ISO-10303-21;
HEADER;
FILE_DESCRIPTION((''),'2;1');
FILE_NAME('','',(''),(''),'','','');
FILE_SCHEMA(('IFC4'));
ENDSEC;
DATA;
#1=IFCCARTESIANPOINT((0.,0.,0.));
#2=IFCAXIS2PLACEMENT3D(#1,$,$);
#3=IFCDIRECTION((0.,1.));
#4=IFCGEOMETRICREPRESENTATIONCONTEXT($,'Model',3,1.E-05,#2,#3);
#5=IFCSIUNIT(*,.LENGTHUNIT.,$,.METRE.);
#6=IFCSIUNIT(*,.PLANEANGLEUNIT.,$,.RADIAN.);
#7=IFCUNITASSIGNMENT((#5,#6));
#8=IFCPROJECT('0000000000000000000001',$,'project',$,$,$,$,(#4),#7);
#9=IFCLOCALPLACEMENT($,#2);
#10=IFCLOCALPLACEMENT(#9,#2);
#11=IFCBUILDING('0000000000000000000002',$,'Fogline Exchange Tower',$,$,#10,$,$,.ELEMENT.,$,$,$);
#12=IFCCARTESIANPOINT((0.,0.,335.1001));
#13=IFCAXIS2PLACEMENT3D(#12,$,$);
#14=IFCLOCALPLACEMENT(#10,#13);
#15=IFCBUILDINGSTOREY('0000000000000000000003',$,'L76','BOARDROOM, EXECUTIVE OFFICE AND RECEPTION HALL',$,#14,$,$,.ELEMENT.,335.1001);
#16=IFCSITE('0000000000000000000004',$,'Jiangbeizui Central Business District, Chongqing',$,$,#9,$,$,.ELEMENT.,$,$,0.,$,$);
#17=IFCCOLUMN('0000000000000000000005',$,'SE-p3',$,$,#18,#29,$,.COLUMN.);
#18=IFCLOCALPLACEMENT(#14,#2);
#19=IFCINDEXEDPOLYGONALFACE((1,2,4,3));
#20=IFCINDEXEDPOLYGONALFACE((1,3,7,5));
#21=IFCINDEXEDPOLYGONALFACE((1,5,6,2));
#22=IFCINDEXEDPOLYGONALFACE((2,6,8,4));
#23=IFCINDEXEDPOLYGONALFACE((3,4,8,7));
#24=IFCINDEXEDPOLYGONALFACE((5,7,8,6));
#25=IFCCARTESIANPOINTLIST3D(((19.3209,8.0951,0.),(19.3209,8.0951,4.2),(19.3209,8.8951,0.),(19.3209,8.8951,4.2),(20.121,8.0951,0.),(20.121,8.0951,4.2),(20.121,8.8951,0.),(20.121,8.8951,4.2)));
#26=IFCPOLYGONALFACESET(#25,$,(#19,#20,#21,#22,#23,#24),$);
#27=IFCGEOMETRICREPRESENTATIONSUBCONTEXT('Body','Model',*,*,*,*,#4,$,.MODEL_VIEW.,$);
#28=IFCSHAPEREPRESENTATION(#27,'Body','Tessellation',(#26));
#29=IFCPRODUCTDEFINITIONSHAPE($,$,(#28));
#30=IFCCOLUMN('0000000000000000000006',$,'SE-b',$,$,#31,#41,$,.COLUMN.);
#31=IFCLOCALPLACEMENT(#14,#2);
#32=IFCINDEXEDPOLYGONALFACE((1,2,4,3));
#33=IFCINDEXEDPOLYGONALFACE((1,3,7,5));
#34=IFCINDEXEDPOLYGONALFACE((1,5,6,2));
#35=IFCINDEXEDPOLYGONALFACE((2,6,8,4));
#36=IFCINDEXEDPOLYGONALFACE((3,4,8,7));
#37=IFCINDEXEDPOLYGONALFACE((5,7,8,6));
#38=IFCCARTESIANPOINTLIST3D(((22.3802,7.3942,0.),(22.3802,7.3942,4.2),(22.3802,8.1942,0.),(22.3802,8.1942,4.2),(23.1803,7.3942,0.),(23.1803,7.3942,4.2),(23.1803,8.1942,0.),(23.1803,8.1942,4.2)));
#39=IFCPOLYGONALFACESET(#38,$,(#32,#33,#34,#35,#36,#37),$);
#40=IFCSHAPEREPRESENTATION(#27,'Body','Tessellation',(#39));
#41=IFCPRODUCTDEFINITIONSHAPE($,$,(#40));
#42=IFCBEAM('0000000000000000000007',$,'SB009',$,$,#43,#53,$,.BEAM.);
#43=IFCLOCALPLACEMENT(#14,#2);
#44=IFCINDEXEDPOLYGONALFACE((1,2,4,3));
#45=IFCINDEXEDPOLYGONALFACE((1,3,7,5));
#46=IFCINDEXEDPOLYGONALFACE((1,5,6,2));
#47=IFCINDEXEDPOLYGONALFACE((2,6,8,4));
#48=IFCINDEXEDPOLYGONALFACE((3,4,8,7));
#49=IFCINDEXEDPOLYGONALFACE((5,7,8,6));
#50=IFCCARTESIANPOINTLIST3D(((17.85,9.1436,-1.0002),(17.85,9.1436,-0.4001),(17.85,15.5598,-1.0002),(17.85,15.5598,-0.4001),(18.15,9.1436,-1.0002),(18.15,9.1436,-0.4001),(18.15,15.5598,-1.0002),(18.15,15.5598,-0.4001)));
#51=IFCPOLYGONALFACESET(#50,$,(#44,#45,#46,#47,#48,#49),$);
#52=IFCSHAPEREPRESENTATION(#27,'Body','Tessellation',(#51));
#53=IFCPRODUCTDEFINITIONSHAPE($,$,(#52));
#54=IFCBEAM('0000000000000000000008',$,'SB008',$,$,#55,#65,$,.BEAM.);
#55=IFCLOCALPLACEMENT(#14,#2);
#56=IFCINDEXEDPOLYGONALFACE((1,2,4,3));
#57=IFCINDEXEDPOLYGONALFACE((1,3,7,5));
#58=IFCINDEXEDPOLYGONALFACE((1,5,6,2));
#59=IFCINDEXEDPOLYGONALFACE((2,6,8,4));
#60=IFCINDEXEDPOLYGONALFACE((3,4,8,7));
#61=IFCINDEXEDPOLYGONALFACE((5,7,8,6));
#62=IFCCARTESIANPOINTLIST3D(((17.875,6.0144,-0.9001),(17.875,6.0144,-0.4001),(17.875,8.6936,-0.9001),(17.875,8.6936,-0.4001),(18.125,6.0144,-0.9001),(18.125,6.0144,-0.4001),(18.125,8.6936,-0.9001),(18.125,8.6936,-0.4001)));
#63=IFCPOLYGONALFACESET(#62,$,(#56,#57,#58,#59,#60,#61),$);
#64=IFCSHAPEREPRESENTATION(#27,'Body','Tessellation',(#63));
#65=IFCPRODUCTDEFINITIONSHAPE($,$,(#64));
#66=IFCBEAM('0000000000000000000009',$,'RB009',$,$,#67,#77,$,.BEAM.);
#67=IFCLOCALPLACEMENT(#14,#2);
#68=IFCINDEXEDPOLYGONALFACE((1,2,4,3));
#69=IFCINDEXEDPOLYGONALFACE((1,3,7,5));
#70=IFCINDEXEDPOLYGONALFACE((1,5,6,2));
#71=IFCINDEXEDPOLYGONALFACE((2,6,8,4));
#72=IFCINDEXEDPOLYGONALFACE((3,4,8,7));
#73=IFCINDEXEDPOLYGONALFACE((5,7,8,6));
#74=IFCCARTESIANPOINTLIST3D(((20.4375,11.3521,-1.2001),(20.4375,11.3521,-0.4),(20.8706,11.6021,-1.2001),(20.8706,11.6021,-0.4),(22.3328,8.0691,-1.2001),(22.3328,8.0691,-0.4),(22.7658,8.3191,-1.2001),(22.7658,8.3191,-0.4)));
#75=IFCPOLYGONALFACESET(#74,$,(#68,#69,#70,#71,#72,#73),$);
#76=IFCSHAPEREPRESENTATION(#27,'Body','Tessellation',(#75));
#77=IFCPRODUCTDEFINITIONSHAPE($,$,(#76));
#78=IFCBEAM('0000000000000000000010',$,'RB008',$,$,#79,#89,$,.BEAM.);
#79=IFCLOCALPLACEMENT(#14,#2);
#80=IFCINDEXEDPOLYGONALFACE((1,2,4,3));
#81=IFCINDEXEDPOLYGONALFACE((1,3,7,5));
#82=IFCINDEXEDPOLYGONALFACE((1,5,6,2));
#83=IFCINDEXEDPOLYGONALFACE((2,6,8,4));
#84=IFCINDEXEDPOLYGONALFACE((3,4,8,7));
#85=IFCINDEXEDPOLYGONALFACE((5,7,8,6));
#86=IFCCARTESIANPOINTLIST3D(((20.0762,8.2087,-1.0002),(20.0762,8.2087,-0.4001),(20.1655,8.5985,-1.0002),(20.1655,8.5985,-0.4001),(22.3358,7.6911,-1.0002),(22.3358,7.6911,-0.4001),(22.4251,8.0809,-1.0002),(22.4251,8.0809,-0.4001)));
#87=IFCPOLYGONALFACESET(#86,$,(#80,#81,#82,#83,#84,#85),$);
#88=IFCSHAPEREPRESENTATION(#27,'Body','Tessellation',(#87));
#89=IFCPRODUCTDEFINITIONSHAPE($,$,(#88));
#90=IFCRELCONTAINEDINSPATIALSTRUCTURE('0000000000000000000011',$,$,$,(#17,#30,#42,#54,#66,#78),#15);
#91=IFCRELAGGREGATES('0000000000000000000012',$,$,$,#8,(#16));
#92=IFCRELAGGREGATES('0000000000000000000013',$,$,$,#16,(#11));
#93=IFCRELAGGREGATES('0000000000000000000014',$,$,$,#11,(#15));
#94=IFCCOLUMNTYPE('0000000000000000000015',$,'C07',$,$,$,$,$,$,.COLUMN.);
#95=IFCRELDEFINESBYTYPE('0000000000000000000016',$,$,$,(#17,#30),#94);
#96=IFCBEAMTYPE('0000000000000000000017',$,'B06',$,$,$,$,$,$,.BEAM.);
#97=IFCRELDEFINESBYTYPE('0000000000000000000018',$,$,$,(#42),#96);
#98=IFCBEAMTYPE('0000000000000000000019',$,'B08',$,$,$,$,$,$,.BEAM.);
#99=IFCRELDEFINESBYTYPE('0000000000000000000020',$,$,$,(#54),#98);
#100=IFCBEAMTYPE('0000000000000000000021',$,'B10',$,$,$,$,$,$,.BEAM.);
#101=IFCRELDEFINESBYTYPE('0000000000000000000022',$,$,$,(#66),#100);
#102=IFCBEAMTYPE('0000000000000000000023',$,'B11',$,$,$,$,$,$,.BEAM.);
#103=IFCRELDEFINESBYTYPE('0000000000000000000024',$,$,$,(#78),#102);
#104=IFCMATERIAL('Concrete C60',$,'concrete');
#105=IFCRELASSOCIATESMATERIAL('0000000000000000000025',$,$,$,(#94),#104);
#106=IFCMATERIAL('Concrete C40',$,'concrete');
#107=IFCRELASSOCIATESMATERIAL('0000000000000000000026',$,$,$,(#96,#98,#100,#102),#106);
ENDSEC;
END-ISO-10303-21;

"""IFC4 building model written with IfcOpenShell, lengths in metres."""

from ifc_helpers import new_model, si_unit, direction, frame, origin, origin_2d, place, context, subcontext, project, spatial, rectangle, extrude, material, material_profile, profile_set, type_object, element, save


model = new_model("IFC4")

# Units and contexts
model_context = context("Model", 3, precision=1e-05, world=origin(), true_north=direction((0.0, 1.0)))
body_context = subcontext(model_context, "Body", "Model", "MODEL_VIEW")
ifc_project = project(units=[si_unit("LENGTHUNIT", "METRE"), si_unit("PLANEANGLEUNIT", "RADIAN")], contexts=[model_context])

# Site, building, storey
site_placement = place(None, origin())
site = spatial("IfcSite", under=ifc_project, at=site_placement, Name="Jiangbeizui Central Business District, Chongqing", CompositionType="ELEMENT", RefElevation=0.0)
building_placement = place(site_placement, origin())
building = spatial("IfcBuilding", under=site, at=building_placement, Name="Fogline Exchange Tower", CompositionType="ELEMENT")
storey_placement = place(building_placement, frame((0.0, 0.0, 335.1001)))
storey = spatial("IfcBuildingStorey", under=building, at=storey_placement, Name="L76", Description="BOARDROOM, EXECUTIVE OFFICE AND RECEPTION HALL", CompositionType="ELEMENT", Elevation=335.1001)

# Columns
ifc_material_1 = material(Name="Concrete C60", Category="concrete")
ifc_material_profile_1 = material_profile(ifc_material_1, rectangle(XDim=0.8, YDim=0.8, at=origin_2d()), Name="RC 800x800")
ifc_profile_set_1 = profile_set([ifc_material_profile_1], Name="Concrete C60")
column_type = type_object("IfcColumnType", Name="C07", PredefinedType="COLUMN", material=ifc_profile_set_1)
for number, where, z_axis, x_axis, name in (
    (1, (19.7209, 8.4951, 0.0), (0.0, 0.0, 1.0), (1.0, 0.0, 0.0), "SE-p3"),
    (2, (22.7803, 7.7942, 0.0), (0.0, 0.0, 1.0), (1.0, 0.0, 0.0), "SE-b"),
):
    element("IfcColumn", number, at=place(storey_placement, frame(where, z_axis=z_axis, x_axis=x_axis)), inside=storey, type_object=column_type, Name=name, PredefinedType="COLUMN", context=body_context, shape_type="SweptSolid", body=[
        extrude(rectangle(XDim=0.8, YDim=0.8, at=origin_2d()), origin(), (0.0, 0.0, 1.0), 4.2),
    ])

# Beams
ifc_material_2 = material(Name="Concrete C40", Category="concrete")
ifc_material_profile_2 = material_profile(ifc_material_2, rectangle(XDim=0.3, YDim=0.6001, at=origin_2d()), Name="RC 300x600")
ifc_profile_set_2 = profile_set([ifc_material_profile_2], Name="Concrete C40")
beam_type_1 = type_object("IfcBeamType", Name="B06", PredefinedType="BEAM", material=ifc_profile_set_2)
beam_1_placement = place(storey_placement, frame((18.0, 9.1436, -0.7002), z_axis=(0.0, 1.0, 0.0), x_axis=(-1.0, 0.0, 0.0)))
element("IfcBeam", 3, at=beam_1_placement, inside=storey, type_object=beam_type_1, Name="SB009", PredefinedType="BEAM", context=body_context, shape_type="SweptSolid", body=[
    extrude(rectangle(XDim=0.3, YDim=0.6001, at=origin_2d()), origin(), (0.0, 0.0, 1.0), 6.4163),
])
ifc_material_profile_3 = material_profile(ifc_material_2, rectangle(XDim=0.25, YDim=0.5, at=origin_2d()), Name="RC 250x500")
ifc_profile_set_3 = profile_set([ifc_material_profile_3], Name="Concrete C40")
beam_type_2 = type_object("IfcBeamType", Name="B08", PredefinedType="BEAM", material=ifc_profile_set_3)
beam_2_placement = place(storey_placement, frame((18.0, 6.0144, -0.6501), z_axis=(0.0, 1.0, 0.0), x_axis=(-1.0, 0.0, 0.0)))
element("IfcBeam", 4, at=beam_2_placement, inside=storey, type_object=beam_type_2, Name="SB008", PredefinedType="BEAM", context=body_context, shape_type="SweptSolid", body=[
    extrude(rectangle(XDim=0.25, YDim=0.5, at=origin_2d()), origin(), (0.0, 0.0, 1.0), 2.6792),
])
ifc_material_profile_4 = material_profile(ifc_material_2, rectangle(XDim=0.5, YDim=0.8, at=origin_2d()), Name="RC 500x800")
ifc_profile_set_4 = profile_set([ifc_material_profile_4], Name="Concrete C40")
beam_type_3 = type_object("IfcBeamType", Name="B10", PredefinedType="BEAM", material=ifc_profile_set_4)
beam_3_placement = place(storey_placement, frame((22.5493, 8.1941, -0.8), z_axis=(-0.49997, 0.866043, 0.0), x_axis=(-0.866043, -0.49997, 0.0)))
element("IfcBeam", 5, at=beam_3_placement, inside=storey, type_object=beam_type_3, Name="RB009", PredefinedType="BEAM", context=body_context, shape_type="SweptSolid", body=[
    extrude(rectangle(XDim=0.5, YDim=0.8, at=origin_2d()), origin(), (0.0, 0.0, 1.0), 3.7908),
])
ifc_material_profile_5 = material_profile(ifc_material_2, rectangle(XDim=0.3999, YDim=0.6001, at=origin_2d()), Name="RC 400x600")
ifc_profile_set_5 = profile_set([ifc_material_profile_5], Name="Concrete C40")
beam_type_4 = type_object("IfcBeamType", Name="B11", PredefinedType="BEAM", material=ifc_profile_set_5)
beam_4_placement = place(storey_placement, frame((20.1208, 8.4036, -0.7002), z_axis=(0.974754, -0.223282, 0.0), x_axis=(0.223282, 0.974754, 0.0)))
element("IfcBeam", 6, at=beam_4_placement, inside=storey, type_object=beam_type_4, Name="RB008", PredefinedType="BEAM", context=body_context, shape_type="SweptSolid", body=[
    extrude(rectangle(XDim=0.3999, YDim=0.6001, at=origin_2d()), origin(), (0.0, 0.0, 1.0), 2.3181),
])

save(model, "model.ifc")
